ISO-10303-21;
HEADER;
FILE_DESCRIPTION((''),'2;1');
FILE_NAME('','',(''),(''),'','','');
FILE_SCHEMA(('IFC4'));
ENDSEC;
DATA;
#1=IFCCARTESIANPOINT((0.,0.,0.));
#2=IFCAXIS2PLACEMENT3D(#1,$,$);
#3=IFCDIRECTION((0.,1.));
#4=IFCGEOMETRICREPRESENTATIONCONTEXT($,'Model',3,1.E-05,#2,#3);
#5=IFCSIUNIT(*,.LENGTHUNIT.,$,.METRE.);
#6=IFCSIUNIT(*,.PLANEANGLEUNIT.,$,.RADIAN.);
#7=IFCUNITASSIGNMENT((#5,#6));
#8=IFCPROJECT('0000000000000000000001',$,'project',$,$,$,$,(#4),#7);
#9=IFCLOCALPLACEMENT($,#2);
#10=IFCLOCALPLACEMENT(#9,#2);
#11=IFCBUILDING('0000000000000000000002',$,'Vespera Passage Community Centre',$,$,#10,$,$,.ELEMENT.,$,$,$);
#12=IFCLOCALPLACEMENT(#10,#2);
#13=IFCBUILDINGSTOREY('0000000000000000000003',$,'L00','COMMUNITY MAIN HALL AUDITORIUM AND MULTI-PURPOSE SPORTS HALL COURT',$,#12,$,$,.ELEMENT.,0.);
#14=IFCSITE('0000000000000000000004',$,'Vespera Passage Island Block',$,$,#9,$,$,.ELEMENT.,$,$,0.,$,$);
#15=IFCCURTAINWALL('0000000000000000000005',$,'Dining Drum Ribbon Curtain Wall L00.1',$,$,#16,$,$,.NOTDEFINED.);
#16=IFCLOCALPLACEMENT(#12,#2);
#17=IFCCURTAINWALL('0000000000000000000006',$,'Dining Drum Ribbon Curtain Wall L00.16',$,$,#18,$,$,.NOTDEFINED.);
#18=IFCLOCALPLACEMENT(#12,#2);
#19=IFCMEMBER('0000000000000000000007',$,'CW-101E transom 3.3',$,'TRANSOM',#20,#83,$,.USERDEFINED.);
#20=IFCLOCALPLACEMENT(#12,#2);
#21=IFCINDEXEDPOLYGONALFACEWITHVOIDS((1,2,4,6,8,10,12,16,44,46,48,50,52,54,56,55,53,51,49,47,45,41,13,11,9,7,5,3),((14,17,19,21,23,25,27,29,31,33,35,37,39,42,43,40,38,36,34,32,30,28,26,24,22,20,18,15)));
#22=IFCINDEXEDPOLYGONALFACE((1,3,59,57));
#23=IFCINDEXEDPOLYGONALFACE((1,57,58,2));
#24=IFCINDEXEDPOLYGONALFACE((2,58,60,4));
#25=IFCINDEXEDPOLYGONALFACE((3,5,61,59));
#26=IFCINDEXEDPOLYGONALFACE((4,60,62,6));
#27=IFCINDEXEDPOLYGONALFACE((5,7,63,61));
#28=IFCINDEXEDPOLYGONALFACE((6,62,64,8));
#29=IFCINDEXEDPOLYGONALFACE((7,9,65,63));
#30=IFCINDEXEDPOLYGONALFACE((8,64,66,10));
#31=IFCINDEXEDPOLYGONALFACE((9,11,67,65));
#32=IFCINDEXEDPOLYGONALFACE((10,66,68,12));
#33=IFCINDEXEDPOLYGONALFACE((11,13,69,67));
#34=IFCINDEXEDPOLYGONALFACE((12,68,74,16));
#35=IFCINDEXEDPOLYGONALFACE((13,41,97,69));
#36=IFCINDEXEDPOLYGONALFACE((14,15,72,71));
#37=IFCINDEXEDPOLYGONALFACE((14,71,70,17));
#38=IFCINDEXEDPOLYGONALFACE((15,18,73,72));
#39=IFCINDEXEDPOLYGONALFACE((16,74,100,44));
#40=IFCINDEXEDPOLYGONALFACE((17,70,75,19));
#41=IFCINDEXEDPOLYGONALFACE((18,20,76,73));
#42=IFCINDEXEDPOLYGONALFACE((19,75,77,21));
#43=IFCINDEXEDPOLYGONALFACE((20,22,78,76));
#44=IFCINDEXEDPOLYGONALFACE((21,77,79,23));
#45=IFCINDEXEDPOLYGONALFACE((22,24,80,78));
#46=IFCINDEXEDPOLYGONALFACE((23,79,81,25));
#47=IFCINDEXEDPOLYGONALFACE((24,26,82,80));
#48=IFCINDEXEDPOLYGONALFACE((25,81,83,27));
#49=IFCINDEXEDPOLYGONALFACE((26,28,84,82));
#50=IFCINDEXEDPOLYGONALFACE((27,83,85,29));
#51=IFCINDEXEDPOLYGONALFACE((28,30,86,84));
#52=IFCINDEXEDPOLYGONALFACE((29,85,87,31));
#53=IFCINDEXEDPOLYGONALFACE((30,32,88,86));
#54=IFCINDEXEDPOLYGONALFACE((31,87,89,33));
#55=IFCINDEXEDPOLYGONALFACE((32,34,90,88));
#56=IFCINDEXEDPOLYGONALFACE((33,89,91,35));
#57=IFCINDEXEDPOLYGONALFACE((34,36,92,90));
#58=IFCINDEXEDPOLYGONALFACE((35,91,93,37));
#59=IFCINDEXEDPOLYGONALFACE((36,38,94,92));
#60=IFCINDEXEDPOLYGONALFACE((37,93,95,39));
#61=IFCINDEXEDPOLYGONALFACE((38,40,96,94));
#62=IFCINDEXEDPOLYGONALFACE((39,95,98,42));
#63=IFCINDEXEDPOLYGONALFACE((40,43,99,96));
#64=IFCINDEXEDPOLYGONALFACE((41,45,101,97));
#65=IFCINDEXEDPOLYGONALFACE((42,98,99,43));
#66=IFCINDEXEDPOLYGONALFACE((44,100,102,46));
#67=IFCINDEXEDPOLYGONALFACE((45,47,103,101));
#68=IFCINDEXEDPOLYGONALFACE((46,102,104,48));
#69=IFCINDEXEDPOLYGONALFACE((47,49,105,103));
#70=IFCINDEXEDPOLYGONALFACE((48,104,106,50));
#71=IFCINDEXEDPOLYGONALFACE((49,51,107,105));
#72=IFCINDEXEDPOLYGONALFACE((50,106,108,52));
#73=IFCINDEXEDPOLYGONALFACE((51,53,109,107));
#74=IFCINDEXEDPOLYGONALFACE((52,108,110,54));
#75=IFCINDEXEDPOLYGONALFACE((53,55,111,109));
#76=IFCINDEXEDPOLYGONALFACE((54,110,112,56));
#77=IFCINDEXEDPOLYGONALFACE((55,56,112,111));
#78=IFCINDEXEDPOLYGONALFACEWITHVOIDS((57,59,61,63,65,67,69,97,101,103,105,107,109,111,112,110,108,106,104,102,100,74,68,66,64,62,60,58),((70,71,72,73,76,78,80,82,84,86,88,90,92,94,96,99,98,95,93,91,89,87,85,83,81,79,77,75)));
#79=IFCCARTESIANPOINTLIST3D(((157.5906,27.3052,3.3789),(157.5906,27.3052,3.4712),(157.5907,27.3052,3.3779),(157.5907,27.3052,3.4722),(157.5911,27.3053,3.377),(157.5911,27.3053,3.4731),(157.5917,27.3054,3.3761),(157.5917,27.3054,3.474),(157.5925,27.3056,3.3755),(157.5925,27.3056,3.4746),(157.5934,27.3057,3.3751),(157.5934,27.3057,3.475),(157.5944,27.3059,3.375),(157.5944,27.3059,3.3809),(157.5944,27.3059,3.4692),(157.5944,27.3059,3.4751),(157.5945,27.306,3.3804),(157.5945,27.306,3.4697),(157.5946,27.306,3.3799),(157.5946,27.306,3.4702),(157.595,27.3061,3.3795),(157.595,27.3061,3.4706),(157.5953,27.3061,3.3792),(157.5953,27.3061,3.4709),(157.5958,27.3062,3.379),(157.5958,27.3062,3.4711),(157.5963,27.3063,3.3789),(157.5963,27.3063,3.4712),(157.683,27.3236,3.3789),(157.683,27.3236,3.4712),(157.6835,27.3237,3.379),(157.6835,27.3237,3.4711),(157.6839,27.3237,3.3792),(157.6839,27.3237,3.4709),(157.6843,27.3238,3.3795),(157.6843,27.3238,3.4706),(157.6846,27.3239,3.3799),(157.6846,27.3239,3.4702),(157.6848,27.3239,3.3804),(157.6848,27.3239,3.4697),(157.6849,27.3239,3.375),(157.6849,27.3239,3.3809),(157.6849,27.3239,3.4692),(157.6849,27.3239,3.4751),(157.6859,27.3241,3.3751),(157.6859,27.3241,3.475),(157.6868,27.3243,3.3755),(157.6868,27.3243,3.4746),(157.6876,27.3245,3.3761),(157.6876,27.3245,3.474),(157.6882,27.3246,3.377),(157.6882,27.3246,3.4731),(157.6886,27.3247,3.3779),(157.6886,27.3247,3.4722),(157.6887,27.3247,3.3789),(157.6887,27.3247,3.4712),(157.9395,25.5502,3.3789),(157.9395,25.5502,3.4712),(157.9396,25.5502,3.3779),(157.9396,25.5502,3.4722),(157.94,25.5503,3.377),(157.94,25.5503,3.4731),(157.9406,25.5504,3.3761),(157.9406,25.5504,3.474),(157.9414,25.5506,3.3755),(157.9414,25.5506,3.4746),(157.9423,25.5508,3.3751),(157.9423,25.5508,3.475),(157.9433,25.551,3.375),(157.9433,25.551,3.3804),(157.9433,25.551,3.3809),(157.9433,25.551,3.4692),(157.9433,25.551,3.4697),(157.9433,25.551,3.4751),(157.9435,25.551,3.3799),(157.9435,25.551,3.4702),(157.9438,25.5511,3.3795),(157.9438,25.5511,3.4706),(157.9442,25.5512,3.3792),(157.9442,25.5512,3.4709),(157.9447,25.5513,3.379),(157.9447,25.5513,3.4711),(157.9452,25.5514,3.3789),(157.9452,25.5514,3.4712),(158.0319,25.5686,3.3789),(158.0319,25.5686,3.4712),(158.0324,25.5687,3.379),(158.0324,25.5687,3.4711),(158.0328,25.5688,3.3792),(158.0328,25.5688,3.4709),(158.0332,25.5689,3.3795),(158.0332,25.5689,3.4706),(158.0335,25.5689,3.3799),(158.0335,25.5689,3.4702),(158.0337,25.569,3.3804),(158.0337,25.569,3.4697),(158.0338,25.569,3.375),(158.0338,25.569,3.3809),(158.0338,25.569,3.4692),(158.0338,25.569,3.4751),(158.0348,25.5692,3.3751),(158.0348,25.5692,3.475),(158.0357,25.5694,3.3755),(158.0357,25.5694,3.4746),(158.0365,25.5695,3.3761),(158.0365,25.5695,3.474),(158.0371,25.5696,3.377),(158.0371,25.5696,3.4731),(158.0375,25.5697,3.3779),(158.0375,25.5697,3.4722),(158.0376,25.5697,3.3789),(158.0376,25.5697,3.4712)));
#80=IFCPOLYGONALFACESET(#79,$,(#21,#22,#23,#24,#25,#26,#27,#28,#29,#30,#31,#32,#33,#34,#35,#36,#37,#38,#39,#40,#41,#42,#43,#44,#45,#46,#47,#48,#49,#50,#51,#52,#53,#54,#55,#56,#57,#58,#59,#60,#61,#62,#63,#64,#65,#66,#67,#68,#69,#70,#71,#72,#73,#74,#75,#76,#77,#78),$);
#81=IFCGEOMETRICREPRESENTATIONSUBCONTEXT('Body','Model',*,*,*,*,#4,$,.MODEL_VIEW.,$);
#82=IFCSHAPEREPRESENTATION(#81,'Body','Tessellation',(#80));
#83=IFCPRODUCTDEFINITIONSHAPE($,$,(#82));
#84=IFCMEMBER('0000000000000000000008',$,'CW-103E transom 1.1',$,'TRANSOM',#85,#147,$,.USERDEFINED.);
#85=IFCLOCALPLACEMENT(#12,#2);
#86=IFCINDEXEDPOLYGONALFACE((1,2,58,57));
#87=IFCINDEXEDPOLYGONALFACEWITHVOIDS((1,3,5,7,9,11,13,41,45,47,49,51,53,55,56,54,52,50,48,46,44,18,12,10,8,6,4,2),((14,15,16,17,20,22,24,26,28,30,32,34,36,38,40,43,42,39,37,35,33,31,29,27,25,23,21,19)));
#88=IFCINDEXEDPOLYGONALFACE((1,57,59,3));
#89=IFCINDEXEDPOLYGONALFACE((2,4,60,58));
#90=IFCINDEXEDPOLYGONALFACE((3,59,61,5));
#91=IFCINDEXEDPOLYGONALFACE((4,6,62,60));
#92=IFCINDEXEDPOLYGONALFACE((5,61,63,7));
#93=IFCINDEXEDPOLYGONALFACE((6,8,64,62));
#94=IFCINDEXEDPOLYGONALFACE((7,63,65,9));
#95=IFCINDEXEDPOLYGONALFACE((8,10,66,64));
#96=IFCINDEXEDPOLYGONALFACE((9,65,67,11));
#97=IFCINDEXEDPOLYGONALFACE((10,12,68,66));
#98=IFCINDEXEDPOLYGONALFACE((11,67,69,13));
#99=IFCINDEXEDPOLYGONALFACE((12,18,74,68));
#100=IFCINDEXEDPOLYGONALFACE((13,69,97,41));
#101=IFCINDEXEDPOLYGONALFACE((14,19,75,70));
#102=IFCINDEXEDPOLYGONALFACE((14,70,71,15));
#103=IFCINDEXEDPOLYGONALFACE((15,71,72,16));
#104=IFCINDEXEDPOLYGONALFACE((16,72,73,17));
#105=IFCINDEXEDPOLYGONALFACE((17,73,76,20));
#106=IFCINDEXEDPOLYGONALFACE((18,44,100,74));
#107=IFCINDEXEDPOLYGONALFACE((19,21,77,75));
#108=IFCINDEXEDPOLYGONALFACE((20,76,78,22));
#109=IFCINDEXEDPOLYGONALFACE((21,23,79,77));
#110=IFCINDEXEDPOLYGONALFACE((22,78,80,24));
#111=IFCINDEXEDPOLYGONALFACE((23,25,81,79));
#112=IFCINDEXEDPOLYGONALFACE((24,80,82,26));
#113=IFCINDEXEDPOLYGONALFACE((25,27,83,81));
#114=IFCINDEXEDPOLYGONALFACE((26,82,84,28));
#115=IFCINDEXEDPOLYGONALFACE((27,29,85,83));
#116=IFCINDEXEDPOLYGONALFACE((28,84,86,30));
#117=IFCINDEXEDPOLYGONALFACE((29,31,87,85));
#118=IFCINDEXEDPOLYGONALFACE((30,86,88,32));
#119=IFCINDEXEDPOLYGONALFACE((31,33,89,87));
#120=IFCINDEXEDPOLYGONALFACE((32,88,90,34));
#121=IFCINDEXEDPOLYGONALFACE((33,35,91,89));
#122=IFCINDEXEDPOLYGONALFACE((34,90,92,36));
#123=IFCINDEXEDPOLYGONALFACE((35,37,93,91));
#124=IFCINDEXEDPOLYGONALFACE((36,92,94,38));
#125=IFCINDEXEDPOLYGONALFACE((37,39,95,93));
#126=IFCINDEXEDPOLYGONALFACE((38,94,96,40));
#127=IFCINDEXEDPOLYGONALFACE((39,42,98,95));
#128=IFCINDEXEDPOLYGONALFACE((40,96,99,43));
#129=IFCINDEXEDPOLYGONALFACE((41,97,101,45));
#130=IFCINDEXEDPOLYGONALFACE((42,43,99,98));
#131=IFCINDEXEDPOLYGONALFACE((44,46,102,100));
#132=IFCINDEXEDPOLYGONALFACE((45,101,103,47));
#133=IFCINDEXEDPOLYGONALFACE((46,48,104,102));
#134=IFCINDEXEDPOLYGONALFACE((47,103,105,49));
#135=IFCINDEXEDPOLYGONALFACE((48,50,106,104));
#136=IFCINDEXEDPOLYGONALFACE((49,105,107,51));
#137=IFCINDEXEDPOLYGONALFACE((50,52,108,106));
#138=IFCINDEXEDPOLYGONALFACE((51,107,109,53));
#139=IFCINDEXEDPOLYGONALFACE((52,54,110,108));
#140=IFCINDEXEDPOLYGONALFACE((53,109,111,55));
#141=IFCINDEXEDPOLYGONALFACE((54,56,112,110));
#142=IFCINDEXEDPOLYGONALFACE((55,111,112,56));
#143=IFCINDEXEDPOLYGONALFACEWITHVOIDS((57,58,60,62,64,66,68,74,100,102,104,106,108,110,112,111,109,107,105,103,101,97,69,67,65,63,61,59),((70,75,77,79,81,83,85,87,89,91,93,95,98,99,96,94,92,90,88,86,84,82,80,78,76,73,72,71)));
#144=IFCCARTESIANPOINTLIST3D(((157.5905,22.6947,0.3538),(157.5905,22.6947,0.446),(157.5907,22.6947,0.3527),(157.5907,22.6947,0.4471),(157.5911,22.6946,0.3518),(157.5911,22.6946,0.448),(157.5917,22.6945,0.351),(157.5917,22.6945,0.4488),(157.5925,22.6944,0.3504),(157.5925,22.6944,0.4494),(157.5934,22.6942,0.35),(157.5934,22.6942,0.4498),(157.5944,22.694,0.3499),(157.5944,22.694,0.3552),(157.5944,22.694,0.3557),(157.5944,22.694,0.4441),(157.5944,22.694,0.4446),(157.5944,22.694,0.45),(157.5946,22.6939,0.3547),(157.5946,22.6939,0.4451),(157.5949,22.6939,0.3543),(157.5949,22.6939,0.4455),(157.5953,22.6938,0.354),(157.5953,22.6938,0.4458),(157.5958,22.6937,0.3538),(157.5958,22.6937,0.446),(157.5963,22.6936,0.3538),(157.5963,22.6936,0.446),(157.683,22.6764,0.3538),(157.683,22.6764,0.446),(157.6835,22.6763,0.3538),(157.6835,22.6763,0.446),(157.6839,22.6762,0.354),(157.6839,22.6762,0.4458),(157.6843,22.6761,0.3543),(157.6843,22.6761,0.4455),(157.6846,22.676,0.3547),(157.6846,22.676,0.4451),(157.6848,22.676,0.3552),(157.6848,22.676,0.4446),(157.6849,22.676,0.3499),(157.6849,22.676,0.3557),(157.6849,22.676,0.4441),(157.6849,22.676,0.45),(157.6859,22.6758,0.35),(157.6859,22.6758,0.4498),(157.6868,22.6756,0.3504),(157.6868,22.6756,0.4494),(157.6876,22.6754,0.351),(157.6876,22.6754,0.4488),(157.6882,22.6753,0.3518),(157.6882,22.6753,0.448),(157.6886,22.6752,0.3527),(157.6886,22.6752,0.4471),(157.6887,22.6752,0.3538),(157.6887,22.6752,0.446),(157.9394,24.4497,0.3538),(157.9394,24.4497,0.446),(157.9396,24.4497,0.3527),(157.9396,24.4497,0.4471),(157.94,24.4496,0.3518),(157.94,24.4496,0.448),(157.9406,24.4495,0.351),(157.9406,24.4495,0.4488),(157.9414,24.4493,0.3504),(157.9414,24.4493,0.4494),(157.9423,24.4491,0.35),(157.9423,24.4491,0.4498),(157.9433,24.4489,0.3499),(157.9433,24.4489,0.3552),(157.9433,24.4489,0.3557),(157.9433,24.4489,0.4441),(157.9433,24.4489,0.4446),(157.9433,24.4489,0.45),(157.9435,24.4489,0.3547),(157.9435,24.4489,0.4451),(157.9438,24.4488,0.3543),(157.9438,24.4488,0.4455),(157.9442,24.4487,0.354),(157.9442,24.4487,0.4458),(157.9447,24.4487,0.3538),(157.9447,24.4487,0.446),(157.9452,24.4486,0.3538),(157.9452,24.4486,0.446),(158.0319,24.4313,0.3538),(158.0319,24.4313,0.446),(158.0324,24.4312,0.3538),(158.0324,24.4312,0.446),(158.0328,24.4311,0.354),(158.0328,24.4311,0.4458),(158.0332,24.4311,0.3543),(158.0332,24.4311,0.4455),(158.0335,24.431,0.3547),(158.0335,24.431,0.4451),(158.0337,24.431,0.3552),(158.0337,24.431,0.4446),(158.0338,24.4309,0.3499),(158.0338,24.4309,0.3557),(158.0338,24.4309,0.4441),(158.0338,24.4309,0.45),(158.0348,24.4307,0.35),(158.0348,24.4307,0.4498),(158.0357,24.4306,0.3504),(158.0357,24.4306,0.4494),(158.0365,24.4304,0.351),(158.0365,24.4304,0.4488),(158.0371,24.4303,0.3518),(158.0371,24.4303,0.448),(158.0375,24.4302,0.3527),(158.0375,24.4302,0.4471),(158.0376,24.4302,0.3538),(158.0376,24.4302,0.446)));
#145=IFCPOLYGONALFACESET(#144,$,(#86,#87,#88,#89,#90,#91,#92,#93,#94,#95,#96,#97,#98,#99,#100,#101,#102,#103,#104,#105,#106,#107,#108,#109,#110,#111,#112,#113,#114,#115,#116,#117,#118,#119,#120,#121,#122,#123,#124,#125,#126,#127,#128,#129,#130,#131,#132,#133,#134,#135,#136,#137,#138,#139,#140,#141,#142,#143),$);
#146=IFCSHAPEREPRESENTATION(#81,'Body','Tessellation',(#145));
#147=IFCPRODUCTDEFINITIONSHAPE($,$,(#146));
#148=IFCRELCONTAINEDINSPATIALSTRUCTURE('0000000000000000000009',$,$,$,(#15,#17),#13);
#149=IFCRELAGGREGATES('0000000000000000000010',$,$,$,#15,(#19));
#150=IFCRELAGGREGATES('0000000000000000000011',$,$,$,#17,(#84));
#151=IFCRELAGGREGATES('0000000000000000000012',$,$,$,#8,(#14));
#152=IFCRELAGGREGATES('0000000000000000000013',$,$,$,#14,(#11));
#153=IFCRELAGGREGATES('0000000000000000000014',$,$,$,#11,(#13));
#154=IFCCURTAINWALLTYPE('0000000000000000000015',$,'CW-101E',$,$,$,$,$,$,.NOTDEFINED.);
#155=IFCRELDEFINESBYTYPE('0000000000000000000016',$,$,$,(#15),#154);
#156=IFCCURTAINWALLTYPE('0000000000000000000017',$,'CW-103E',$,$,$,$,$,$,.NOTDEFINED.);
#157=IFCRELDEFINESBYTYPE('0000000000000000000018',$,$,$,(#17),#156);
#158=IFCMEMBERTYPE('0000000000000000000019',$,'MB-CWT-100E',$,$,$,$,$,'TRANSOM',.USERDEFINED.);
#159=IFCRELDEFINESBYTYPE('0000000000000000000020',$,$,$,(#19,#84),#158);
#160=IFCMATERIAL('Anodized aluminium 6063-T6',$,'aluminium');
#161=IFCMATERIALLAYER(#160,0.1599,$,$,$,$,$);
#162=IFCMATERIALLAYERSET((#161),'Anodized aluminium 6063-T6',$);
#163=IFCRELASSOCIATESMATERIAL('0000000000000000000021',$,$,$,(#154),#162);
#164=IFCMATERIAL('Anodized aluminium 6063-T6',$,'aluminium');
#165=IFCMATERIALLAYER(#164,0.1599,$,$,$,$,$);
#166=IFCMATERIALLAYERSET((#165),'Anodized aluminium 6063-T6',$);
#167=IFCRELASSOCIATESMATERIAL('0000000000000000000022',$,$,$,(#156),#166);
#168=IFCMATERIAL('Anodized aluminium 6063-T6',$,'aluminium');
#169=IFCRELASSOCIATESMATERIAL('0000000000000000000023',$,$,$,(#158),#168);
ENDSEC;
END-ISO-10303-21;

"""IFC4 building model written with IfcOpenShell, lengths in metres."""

from ifc_helpers import new_model, si_unit, direction, frame, origin, origin_2d, place, context, subcontext, project, spatial, hollow_rectangle, extrude, material, layer, layer_set, material_profile, profile_set, type_object, element, aggregate, save


model = new_model("IFC4")

# Units and contexts
model_context = context("Model", 3, precision=1e-05, world=origin(), true_north=direction((0.0, 1.0)))
body_context = subcontext(model_context, "Body", "Model", "MODEL_VIEW")
ifc_project = project(units=[si_unit("LENGTHUNIT", "METRE"), si_unit("PLANEANGLEUNIT", "RADIAN")], contexts=[model_context])

# Site, building, storey
site_placement = place(None, origin())
site = spatial("IfcSite", under=ifc_project, at=site_placement, Name="Vespera Passage Island Block", CompositionType="ELEMENT", RefElevation=0.0)
building_placement = place(site_placement, origin())
building = spatial("IfcBuilding", under=site, at=building_placement, Name="Vespera Passage Community Centre", CompositionType="ELEMENT")
storey_placement = place(building_placement, origin())
storey = spatial("IfcBuildingStorey", under=building, at=storey_placement, Name="L00", Description="COMMUNITY MAIN HALL AUDITORIUM AND MULTI-PURPOSE SPORTS HALL COURT", CompositionType="ELEMENT", Elevation=0.0)

# Curtain wall
ifc_material_1 = material(Name="Anodized aluminium 6063-T6", Category="aluminium")
ifc_layer_1 = layer(ifc_material_1, 0.1599)
ifc_layer_set_1 = layer_set([ifc_layer_1], Name="Anodized aluminium 6063-T6")
curtain_wall_type_1 = type_object("IfcCurtainWallType", Name="CW-101E", PredefinedType="NOTDEFINED", material=ifc_layer_set_1)
curtain_wall_1_placement = place(storey_placement, origin())
curtain_wall_1 = element("IfcCurtainWall", 1, at=curtain_wall_1_placement, inside=storey, type_object=curtain_wall_type_1, Name="Dining Drum Ribbon Curtain Wall L00.1", PredefinedType="NOTDEFINED")

# Curtain wall
ifc_material_2 = material(Name="Anodized aluminium 6063-T6", Category="aluminium")
ifc_layer_2 = layer(ifc_material_2, 0.1599)
ifc_layer_set_2 = layer_set([ifc_layer_2], Name="Anodized aluminium 6063-T6")
curtain_wall_type_2 = type_object("IfcCurtainWallType", Name="CW-103E", PredefinedType="NOTDEFINED", material=ifc_layer_set_2)
curtain_wall_2_placement = place(storey_placement, origin())
curtain_wall_2 = element("IfcCurtainWall", 2, at=curtain_wall_2_placement, inside=storey, type_object=curtain_wall_type_2, Name="Dining Drum Ribbon Curtain Wall L00.16", PredefinedType="NOTDEFINED")

# Members
ifc_material_3 = material(Name="Anodized aluminium 6063-T6", Category="aluminium")
ifc_material_profile_1 = material_profile(ifc_material_3, hollow_rectangle(XDim=0.1001, YDim=0.1001, WallThickness=0.0039, InnerFilletRadius=0.002, OuterFilletRadius=0.0039, at=origin_2d()), Name="ALU100X100X4")
ifc_profile_set_1 = profile_set([ifc_material_profile_1], Name="Anodized aluminium 6063-T6")
member_type_1 = type_object("IfcMemberType", Name="MB-CWT-100E", ElementType="TRANSOM", PredefinedType="USERDEFINED", material=ifc_profile_set_1)
member_1_placement = place(storey_placement, frame((157.6396, 27.3149, 3.425), z_axis=(0.194988, -0.980806, 0.0), x_axis=(0.980806, 0.194988, 0.0)))
member_1 = element("IfcMember", 3, at=member_1_placement, type_object=member_type_1, Name="CW-101E transom 3.3", ObjectType="TRANSOM", PredefinedType="USERDEFINED", context=body_context, shape_type="SweptSolid", body=[
    extrude(hollow_rectangle(XDim=0.1001, YDim=0.1001, WallThickness=0.0039, InnerFilletRadius=0.002, OuterFilletRadius=0.0039, at=origin_2d()), origin(), (0.0, 0.0, 1.0), 1.7893),
])
member_2_placement = place(storey_placement, frame((157.9885, 24.4399, 0.3999), z_axis=(-0.194988, -0.980806, 0.0), x_axis=(0.980806, -0.194988, 0.0)))
member_2 = element("IfcMember", 4, at=member_2_placement, type_object=member_type_1, Name="CW-103E transom 1.1", ObjectType="TRANSOM", PredefinedType="USERDEFINED", context=body_context, shape_type="SweptSolid", body=[
    extrude(hollow_rectangle(XDim=0.1001, YDim=0.1001, WallThickness=0.0039, InnerFilletRadius=0.002, OuterFilletRadius=0.0039, at=origin_2d()), origin(), (0.0, 0.0, 1.0), 1.7893),
])

aggregate(curtain_wall_1, [member_1])
aggregate(curtain_wall_2, [member_2])

save(model, "model.ifc")
